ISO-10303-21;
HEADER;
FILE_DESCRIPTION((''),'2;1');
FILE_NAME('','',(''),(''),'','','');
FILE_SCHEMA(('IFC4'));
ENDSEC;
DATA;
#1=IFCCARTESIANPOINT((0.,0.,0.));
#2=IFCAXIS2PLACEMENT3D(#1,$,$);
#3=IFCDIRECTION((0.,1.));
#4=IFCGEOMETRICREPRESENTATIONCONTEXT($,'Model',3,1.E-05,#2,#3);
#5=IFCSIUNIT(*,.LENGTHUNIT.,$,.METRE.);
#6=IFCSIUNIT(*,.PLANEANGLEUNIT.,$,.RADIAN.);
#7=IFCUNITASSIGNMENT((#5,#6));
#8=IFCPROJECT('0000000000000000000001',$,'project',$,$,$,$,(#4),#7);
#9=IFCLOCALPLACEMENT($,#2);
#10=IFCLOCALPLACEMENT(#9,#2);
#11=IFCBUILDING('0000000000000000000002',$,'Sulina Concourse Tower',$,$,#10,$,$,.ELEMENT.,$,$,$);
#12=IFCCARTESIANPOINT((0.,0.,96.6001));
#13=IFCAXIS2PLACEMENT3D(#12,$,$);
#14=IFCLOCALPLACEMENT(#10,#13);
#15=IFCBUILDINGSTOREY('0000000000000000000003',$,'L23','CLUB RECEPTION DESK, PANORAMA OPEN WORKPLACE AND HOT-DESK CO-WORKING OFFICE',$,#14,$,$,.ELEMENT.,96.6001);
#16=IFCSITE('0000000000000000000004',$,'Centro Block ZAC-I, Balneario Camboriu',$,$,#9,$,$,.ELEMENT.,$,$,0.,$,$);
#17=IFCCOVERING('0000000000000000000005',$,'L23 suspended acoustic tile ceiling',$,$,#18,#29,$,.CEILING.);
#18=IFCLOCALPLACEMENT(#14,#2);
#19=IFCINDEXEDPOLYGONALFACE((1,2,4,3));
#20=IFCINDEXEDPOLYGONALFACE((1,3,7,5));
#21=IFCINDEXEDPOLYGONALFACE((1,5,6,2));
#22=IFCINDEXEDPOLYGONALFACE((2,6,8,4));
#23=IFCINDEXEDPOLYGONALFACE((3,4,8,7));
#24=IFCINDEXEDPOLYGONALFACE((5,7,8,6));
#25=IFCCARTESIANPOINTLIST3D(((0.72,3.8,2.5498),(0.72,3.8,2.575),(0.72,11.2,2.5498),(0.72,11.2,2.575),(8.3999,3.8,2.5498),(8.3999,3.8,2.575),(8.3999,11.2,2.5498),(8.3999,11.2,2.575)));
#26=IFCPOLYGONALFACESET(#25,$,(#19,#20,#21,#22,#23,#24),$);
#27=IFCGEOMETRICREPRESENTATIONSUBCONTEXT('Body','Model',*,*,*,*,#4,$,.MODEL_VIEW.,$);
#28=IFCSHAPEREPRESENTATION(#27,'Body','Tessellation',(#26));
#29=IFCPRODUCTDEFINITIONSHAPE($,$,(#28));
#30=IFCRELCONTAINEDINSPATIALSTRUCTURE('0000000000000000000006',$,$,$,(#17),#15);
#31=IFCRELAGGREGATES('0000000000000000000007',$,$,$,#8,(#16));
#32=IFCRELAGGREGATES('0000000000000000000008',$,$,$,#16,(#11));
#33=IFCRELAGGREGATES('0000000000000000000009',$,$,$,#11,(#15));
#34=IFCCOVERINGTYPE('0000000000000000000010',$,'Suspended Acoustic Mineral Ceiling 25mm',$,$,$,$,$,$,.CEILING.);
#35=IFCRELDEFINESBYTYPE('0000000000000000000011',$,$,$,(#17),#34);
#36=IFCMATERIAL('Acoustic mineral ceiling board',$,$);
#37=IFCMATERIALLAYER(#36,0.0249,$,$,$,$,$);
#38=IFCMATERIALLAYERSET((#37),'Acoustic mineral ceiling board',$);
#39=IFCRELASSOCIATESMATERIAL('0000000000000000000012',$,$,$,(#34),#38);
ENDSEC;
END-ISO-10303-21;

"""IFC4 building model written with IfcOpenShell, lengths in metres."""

from ifc_helpers import new_model, si_unit, direction, frame, origin, place, context, subcontext, project, spatial, polyline, outline, extrude, material, layer, layer_set, type_object, element, save


model = new_model("IFC4")

# Units and contexts
model_context = context("Model", 3, precision=1e-05, world=origin(), true_north=direction((0.0, 1.0)))
body_context = subcontext(model_context, "Body", "Model", "MODEL_VIEW")
ifc_project = project(units=[si_unit("LENGTHUNIT", "METRE"), si_unit("PLANEANGLEUNIT", "RADIAN")], contexts=[model_context])

# Site, building, storey
site_placement = place(None, origin())
site = spatial("IfcSite", under=ifc_project, at=site_placement, Name="Centro Block ZAC-I, Balneario Camboriu", CompositionType="ELEMENT", RefElevation=0.0)
building_placement = place(site_placement, origin())
building = spatial("IfcBuilding", under=site, at=building_placement, Name="Sulina Concourse Tower", CompositionType="ELEMENT")
storey_placement = place(building_placement, frame((0.0, 0.0, 96.6001)))
storey = spatial("IfcBuildingStorey", under=building, at=storey_placement, Name="L23", Description="CLUB RECEPTION DESK, PANORAMA OPEN WORKPLACE AND HOT-DESK CO-WORKING OFFICE", CompositionType="ELEMENT", Elevation=96.6001)

# Covering
ifc_material_1 = material(Name="Acoustic mineral ceiling board")
ifc_layer_1 = layer(ifc_material_1, 0.0249)
ifc_layer_set_1 = layer_set([ifc_layer_1], Name="Acoustic mineral ceiling board")
covering_type_1 = type_object("IfcCoveringType", Name="Suspended Acoustic Mineral Ceiling 25mm", PredefinedType="CEILING", material=ifc_layer_set_1)
covering_1_placement = place(storey_placement, frame((0.0, 0.0, 2.5498)))
element("IfcCovering", 1, at=covering_1_placement, inside=storey, type_object=covering_type_1, Name="L23 suspended acoustic tile ceiling", PredefinedType="CEILING", context=body_context, shape_type="SweptSolid", body=[
    extrude(outline(polyline([(0.72, 3.8), (8.3999, 3.8), (8.3999, 11.2), (0.72, 11.2), (0.72, 3.8)])), origin(), (0.0, 0.0, 1.0), 0.0251),
])

save(model, "model.ifc")
